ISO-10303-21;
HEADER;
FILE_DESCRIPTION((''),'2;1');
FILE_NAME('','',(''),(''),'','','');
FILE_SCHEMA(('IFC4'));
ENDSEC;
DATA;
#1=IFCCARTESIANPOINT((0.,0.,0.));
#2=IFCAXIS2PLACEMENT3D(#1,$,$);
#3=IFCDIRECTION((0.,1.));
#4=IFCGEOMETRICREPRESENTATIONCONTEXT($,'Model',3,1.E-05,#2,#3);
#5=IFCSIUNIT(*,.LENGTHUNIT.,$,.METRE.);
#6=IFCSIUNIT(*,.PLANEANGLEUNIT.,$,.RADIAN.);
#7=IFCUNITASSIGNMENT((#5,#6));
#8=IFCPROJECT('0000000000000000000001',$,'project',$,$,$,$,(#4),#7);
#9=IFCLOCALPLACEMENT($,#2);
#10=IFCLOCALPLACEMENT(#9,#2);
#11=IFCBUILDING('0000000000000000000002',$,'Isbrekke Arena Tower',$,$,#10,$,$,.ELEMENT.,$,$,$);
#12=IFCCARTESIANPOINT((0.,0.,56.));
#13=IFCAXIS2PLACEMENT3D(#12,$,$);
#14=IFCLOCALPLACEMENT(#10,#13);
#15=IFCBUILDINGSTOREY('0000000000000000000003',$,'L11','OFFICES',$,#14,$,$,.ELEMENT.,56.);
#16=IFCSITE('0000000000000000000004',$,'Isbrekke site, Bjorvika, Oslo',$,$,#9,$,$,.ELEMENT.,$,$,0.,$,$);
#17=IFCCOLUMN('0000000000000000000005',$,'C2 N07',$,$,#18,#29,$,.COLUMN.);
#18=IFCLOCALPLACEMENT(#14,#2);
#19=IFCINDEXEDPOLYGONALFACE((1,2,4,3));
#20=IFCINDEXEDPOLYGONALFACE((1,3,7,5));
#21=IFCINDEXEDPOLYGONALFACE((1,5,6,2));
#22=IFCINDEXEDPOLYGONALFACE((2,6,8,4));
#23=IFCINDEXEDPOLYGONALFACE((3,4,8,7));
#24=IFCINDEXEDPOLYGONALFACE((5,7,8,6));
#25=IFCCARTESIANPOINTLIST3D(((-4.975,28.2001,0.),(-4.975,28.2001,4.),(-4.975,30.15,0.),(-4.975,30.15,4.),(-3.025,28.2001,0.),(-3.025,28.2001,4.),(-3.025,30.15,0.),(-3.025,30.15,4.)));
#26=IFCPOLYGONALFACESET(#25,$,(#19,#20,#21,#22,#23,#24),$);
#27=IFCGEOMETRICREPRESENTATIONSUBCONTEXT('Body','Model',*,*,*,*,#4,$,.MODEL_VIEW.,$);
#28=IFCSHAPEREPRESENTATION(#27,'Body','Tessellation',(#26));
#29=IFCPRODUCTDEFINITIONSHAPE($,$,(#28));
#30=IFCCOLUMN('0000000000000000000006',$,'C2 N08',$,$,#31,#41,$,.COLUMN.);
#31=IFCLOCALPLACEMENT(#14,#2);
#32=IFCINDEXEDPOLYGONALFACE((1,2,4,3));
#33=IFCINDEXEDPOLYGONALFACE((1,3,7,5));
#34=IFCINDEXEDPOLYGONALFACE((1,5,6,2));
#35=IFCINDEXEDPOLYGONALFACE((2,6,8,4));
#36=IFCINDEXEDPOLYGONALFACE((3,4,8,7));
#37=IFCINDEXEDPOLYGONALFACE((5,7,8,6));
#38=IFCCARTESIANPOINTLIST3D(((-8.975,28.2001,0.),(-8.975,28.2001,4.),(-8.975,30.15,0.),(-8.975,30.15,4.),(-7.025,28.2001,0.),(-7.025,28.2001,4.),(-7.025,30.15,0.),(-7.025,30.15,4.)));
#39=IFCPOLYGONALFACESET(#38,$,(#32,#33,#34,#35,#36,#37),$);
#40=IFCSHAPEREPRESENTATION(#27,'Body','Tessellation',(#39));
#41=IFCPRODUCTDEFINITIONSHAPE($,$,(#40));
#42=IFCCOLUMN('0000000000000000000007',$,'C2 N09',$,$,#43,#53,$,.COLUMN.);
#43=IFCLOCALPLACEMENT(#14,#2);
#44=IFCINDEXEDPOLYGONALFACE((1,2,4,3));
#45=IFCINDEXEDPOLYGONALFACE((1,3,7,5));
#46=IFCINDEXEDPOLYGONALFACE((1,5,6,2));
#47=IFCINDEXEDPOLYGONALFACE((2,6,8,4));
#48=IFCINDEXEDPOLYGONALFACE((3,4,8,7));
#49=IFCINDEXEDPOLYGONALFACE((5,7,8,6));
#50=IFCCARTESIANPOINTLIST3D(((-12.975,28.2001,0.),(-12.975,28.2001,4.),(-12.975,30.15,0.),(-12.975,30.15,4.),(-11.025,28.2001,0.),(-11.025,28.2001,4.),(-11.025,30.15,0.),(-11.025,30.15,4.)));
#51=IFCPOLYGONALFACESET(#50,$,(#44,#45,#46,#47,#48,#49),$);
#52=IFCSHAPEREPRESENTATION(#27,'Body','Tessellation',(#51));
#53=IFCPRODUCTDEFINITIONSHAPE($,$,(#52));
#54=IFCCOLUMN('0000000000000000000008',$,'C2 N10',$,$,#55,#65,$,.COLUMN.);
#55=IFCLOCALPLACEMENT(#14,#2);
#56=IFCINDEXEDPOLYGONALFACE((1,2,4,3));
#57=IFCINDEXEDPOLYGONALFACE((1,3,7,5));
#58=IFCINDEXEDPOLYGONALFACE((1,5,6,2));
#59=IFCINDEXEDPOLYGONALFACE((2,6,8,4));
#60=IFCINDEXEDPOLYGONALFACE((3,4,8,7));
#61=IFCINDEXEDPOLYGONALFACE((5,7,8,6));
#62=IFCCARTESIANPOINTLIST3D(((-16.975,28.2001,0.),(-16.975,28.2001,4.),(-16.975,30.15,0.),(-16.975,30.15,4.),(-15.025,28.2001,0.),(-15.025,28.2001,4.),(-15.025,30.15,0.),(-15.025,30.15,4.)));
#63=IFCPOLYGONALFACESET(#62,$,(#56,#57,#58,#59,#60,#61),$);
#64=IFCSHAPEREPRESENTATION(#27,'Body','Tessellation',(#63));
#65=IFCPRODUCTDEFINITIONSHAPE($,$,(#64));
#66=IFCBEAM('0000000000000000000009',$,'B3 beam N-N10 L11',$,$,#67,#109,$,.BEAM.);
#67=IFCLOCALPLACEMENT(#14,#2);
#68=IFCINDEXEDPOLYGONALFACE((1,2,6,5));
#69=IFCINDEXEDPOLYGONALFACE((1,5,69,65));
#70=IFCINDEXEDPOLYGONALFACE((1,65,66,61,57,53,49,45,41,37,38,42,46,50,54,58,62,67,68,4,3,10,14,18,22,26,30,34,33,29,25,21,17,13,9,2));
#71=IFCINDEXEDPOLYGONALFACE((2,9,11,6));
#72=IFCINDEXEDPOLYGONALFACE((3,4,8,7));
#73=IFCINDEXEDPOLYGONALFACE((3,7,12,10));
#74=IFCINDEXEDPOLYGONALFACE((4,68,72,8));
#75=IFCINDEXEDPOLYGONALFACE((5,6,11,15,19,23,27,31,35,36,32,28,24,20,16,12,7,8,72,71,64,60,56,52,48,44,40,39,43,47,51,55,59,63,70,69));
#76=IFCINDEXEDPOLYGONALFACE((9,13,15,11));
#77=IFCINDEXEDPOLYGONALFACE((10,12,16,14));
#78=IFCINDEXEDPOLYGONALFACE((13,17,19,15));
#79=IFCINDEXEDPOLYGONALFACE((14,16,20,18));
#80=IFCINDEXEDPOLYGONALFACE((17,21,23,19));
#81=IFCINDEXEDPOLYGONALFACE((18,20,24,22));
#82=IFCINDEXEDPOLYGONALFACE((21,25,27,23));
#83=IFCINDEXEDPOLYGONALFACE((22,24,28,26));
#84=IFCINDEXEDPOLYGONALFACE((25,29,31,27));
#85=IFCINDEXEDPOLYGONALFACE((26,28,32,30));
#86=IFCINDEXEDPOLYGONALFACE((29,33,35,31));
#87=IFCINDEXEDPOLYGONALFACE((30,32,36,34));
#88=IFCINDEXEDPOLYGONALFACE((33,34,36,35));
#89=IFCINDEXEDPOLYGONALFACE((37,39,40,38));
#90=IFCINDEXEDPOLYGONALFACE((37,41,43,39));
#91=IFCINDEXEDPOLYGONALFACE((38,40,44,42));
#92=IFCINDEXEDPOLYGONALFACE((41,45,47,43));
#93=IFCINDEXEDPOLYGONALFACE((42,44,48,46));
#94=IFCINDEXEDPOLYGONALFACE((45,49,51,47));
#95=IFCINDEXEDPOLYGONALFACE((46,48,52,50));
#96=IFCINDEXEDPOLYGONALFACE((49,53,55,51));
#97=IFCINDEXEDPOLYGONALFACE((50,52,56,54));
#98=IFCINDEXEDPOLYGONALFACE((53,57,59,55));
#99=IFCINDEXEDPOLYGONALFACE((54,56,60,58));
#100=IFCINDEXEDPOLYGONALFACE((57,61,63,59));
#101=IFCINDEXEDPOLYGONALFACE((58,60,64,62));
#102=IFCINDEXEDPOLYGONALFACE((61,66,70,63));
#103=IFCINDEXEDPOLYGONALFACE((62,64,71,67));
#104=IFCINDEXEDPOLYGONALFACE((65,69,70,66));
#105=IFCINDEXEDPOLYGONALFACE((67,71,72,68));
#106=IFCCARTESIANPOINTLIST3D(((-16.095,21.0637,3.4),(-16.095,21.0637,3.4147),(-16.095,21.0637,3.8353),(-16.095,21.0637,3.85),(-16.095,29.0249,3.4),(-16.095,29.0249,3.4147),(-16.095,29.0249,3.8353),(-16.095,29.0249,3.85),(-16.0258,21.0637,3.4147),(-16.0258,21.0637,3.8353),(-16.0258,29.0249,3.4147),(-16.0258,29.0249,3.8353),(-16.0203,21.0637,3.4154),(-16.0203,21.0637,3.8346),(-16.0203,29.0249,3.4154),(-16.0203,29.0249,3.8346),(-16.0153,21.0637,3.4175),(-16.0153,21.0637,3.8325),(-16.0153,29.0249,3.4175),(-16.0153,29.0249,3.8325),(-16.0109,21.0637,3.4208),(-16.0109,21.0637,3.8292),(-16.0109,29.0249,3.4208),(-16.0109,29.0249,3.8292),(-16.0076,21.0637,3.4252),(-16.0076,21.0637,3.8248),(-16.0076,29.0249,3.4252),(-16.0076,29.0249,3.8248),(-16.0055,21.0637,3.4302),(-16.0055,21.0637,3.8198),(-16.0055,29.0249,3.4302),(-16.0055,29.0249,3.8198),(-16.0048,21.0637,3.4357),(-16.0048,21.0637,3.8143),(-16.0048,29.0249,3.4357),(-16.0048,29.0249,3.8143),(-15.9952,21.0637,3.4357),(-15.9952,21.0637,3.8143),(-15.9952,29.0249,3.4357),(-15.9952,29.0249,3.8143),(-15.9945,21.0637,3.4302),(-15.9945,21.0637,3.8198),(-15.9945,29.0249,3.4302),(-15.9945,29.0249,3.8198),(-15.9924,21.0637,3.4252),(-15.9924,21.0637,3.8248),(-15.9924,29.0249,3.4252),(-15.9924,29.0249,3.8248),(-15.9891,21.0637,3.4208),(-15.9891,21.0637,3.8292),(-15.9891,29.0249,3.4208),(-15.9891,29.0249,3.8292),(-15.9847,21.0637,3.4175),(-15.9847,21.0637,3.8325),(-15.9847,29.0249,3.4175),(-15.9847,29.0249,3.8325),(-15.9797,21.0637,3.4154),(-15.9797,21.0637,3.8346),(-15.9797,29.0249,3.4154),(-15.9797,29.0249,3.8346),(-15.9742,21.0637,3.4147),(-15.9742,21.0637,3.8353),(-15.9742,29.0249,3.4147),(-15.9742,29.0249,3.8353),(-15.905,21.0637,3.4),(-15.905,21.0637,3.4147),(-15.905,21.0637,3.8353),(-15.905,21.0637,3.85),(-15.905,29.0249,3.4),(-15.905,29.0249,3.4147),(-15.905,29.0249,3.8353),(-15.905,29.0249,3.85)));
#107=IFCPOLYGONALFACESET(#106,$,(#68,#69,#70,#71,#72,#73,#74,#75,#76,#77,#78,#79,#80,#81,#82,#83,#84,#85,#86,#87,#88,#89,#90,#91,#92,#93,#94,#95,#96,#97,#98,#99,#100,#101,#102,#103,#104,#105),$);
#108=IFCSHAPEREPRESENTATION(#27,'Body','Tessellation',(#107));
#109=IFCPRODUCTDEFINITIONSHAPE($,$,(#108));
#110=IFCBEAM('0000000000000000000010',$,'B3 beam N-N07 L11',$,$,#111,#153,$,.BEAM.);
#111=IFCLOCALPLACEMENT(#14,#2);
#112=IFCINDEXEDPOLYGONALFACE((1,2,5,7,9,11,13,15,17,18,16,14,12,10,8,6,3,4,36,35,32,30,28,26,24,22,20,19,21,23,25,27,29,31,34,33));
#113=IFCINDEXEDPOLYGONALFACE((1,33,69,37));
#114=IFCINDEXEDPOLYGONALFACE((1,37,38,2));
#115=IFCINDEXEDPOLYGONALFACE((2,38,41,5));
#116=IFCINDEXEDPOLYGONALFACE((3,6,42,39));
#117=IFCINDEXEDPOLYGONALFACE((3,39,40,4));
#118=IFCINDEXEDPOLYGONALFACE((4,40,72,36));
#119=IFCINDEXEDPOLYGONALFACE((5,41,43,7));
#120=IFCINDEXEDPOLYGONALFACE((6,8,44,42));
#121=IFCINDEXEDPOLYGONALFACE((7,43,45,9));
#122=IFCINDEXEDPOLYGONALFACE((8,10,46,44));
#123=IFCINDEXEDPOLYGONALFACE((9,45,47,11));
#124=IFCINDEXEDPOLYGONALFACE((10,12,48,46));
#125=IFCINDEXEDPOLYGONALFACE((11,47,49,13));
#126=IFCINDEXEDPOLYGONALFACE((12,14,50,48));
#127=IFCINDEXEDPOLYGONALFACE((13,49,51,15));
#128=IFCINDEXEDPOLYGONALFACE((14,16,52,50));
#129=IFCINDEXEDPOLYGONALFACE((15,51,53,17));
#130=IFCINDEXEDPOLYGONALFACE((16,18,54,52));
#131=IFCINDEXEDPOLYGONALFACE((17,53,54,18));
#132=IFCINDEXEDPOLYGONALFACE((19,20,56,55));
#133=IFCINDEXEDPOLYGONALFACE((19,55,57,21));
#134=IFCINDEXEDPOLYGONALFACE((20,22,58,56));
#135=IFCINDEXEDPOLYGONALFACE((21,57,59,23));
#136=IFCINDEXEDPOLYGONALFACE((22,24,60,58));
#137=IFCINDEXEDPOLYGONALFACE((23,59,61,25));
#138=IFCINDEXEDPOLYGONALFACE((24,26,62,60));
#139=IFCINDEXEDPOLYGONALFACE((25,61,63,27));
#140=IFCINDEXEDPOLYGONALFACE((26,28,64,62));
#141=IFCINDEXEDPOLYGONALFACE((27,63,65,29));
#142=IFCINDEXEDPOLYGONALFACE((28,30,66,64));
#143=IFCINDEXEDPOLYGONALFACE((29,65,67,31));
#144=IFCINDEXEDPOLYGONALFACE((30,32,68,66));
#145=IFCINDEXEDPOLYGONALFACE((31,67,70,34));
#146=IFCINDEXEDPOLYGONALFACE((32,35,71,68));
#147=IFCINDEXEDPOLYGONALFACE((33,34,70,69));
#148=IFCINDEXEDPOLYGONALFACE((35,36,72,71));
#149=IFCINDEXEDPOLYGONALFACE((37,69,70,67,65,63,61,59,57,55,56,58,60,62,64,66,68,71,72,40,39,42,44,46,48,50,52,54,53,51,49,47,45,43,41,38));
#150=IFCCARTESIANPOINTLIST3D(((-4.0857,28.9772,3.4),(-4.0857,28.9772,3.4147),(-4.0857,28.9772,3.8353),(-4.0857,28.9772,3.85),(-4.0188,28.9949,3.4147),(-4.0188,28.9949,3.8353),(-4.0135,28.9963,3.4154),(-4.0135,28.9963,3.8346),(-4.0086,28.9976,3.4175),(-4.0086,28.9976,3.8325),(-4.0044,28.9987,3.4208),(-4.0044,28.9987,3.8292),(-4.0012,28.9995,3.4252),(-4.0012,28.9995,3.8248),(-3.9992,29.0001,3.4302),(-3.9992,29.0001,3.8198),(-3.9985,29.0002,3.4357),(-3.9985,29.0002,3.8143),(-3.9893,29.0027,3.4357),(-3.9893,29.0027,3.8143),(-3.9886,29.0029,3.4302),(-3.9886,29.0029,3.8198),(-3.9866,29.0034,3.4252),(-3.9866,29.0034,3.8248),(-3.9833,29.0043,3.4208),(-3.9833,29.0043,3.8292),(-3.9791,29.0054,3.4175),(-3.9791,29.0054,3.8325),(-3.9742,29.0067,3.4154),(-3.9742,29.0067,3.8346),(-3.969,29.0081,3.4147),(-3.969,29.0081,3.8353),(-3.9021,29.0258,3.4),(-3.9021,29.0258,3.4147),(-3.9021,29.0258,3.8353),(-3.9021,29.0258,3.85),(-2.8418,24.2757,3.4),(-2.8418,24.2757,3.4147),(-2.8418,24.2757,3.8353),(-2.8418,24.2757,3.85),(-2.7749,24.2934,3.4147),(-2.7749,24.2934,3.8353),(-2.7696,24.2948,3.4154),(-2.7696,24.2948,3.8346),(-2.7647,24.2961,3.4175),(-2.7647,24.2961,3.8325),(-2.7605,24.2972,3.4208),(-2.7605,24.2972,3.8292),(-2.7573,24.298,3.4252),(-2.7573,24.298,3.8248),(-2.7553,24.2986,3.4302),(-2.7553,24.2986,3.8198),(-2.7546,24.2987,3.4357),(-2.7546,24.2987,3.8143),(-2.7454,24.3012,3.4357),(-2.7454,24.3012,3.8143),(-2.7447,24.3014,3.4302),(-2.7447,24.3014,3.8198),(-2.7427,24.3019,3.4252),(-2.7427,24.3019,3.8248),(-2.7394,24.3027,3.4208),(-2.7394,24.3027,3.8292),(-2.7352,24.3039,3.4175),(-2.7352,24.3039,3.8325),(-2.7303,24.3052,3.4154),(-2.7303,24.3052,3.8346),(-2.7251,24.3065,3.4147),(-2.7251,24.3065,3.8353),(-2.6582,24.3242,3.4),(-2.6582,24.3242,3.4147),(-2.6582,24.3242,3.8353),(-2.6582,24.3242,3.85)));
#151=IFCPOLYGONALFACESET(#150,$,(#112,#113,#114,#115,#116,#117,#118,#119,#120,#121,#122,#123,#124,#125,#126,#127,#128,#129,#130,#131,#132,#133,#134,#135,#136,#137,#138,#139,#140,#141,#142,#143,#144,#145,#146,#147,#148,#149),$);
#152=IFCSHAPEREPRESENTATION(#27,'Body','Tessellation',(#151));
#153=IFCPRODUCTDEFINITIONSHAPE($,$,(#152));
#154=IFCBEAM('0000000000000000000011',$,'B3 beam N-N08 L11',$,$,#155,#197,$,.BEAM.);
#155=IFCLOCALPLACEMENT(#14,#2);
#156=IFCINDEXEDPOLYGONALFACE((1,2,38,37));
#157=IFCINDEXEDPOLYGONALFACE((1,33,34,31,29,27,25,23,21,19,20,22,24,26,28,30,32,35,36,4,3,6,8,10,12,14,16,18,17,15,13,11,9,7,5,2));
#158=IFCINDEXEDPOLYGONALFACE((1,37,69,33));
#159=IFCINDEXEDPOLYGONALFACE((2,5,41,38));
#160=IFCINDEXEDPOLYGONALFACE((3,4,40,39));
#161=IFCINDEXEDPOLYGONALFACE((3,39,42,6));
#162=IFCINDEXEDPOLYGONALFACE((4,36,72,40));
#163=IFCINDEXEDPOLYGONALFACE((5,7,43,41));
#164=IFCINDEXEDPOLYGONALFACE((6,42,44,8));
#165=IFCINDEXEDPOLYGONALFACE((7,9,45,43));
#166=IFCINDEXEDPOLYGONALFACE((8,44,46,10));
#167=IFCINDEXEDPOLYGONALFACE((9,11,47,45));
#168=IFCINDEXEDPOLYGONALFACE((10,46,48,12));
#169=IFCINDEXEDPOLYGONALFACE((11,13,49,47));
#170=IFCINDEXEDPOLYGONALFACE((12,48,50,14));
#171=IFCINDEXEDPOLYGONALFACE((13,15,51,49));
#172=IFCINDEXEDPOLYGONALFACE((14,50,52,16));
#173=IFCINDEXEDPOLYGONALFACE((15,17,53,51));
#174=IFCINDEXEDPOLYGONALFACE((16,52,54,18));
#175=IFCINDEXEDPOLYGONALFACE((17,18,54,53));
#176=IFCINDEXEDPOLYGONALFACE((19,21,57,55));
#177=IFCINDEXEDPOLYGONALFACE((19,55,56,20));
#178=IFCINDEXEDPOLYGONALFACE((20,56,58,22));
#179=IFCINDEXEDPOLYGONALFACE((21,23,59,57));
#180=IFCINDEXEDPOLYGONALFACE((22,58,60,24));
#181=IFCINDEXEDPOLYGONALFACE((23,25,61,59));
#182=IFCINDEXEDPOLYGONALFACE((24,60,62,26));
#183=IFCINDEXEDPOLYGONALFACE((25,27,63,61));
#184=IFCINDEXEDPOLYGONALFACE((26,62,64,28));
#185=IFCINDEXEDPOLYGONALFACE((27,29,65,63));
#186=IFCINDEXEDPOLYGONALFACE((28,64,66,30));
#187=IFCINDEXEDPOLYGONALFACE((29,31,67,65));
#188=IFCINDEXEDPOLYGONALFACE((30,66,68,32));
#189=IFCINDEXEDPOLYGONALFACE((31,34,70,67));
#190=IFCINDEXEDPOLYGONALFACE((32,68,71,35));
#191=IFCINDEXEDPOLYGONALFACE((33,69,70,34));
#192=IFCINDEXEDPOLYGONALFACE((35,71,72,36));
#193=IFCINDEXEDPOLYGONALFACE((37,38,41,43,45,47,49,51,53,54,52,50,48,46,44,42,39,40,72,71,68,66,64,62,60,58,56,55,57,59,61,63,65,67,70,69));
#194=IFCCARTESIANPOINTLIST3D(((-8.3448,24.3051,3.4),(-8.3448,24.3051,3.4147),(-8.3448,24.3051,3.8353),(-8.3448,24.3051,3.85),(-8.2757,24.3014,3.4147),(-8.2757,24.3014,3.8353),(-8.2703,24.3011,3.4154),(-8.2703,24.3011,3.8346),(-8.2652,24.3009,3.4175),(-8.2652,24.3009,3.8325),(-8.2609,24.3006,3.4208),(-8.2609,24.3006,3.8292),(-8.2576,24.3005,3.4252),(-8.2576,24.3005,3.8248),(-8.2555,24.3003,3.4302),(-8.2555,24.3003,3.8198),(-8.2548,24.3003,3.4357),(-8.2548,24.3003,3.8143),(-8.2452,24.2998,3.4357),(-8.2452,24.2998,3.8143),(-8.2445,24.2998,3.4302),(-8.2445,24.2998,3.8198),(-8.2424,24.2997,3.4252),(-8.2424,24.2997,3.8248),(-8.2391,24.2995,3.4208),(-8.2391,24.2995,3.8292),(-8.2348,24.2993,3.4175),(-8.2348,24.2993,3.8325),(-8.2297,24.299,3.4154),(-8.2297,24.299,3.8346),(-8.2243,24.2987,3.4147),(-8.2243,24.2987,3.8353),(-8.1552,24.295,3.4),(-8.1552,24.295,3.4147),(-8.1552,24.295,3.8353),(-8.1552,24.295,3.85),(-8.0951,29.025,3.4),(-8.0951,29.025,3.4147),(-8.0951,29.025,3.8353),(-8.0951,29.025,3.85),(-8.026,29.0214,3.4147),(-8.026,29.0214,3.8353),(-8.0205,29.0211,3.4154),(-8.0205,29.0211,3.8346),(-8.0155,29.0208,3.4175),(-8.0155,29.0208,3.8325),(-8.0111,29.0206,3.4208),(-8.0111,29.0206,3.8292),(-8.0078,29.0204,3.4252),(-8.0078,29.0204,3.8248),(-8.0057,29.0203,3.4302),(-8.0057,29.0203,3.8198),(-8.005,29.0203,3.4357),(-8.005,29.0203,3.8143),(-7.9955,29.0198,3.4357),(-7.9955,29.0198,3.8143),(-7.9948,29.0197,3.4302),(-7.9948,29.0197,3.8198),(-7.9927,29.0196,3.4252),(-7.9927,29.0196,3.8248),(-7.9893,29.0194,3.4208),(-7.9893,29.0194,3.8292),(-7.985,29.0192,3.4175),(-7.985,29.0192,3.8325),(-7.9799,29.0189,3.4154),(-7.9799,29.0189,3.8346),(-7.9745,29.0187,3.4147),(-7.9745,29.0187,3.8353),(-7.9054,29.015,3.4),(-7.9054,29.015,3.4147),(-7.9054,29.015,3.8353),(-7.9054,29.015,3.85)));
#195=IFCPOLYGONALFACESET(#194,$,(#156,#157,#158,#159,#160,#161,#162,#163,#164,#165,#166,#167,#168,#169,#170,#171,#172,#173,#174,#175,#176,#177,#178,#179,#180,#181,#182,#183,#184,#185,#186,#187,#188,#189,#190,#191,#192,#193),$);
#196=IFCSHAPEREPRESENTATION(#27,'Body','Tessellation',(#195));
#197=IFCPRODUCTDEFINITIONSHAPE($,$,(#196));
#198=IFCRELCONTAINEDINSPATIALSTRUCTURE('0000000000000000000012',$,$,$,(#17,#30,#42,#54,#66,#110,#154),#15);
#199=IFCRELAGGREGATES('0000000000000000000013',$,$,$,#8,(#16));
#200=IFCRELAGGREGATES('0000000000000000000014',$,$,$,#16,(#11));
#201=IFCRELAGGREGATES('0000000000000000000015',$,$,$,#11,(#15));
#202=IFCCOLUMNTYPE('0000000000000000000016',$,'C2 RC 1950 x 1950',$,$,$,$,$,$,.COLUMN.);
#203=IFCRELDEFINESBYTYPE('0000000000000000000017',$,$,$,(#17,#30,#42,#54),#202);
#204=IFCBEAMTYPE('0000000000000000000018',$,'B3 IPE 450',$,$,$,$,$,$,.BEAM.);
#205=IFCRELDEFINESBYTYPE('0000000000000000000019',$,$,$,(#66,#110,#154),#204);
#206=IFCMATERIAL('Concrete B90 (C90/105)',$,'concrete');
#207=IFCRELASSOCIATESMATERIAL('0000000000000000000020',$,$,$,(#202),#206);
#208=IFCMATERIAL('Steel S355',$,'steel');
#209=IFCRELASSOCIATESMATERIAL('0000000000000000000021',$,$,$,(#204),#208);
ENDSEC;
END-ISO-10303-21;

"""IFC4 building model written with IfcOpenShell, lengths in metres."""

from ifc_helpers import new_model, si_unit, direction, frame, origin, origin_2d, place, context, subcontext, project, spatial, rectangle, i_section, extrude, material, material_profile, profile_set, type_object, element, save


model = new_model("IFC4")

# Units and contexts
model_context = context("Model", 3, precision=1e-05, world=origin(), true_north=direction((0.0, 1.0)))
body_context = subcontext(model_context, "Body", "Model", "MODEL_VIEW")
ifc_project = project(units=[si_unit("LENGTHUNIT", "METRE"), si_unit("PLANEANGLEUNIT", "RADIAN")], contexts=[model_context])

# Site, building, storey
site_placement = place(None, origin())
site = spatial("IfcSite", under=ifc_project, at=site_placement, Name="Isbrekke site, Bjorvika, Oslo", CompositionType="ELEMENT", RefElevation=0.0)
building_placement = place(site_placement, origin())
building = spatial("IfcBuilding", under=site, at=building_placement, Name="Isbrekke Arena Tower", CompositionType="ELEMENT")
storey_placement = place(building_placement, frame((0.0, 0.0, 56.0)))
storey = spatial("IfcBuildingStorey", under=building, at=storey_placement, Name="L11", Description="OFFICES", CompositionType="ELEMENT", Elevation=56.0)

# Columns
ifc_material_1 = material(Name="Concrete B90 (C90/105)", Category="concrete")
ifc_material_profile_1 = material_profile(ifc_material_1, rectangle(XDim=1.95, YDim=1.95, at=origin_2d()), Name="RC 1950x1950")
ifc_profile_set_1 = profile_set([ifc_material_profile_1], Name="Concrete B90 (C90/105)")
column_type = type_object("IfcColumnType", Name="C2 RC 1950 x 1950", PredefinedType="COLUMN", material=ifc_profile_set_1)
for number, where, z_axis, x_axis, name in (
    (1, (-4.0, 29.175, 0.0), (0.0, 0.0, 1.0), (-1.0, 0.0, 0.0), "C2 N07"),
    (2, (-8.0, 29.175, 0.0), (0.0, 0.0, 1.0), (-1.0, 0.0, 0.0), "C2 N08"),
    (3, (-12.0, 29.175, 0.0), (0.0, 0.0, 1.0), (-1.0, 0.0, 0.0), "C2 N09"),
    (4, (-16.0, 29.175, 0.0), (0.0, 0.0, 1.0), (-1.0, 0.0, 0.0), "C2 N10"),
):
    element("IfcColumn", number, at=place(storey_placement, frame(where, z_axis=z_axis, x_axis=x_axis)), inside=storey, type_object=column_type, Name=name, PredefinedType="COLUMN", context=body_context, shape_type="SweptSolid", body=[
        extrude(rectangle(XDim=1.95, YDim=1.95, at=origin_2d()), origin(), (0.0, 0.0, 1.0), 4.0),
    ])

# Beams
ifc_material_2 = material(Name="Steel S355", Category="steel")
ifc_material_profile_2 = material_profile(ifc_material_2, i_section(OverallWidth=0.1899, OverallDepth=0.45, WebThickness=0.0095, FlangeThickness=0.0146, FilletRadius=0.021, at=origin_2d()), Name="IPE 450")
ifc_profile_set_2 = profile_set([ifc_material_profile_2], Name="Steel S355")
beam_type_1 = type_object("IfcBeamType", Name="B3 IPE 450", PredefinedType="BEAM", material=ifc_profile_set_2)
beam_1_placement = place(storey_placement, frame((-16.0, 29.0249, 3.625), z_axis=(0.0, -1.0, 0.0), x_axis=(1.0, 0.0, 0.0)))
element("IfcBeam", 5, at=beam_1_placement, inside=storey, type_object=beam_type_1, Name="B3 beam N-N10 L11", PredefinedType="BEAM", context=body_context, shape_type="SweptSolid", body=[
    extrude(i_section(OverallWidth=0.1899, OverallDepth=0.45, WebThickness=0.0095, FlangeThickness=0.0146, FilletRadius=0.021, at=origin_2d()), origin(), (0.0, 0.0, 1.0), 7.9612),
])
beam_2_placement = place(storey_placement, frame((-3.9939, 29.0015, 3.625), z_axis=(0.255778, -0.966736, 0.0), x_axis=(0.966736, 0.255778, 0.0)))
element("IfcBeam", 6, at=beam_2_placement, inside=storey, type_object=beam_type_1, Name="B3 beam N-N07 L11", PredefinedType="BEAM", context=body_context, shape_type="SweptSolid", body=[
    extrude(i_section(OverallWidth=0.1899, OverallDepth=0.45, WebThickness=0.0095, FlangeThickness=0.0146, FilletRadius=0.021, at=origin_2d()), origin(), (0.0, 0.0, 1.0), 4.8633),
])
beam_3_placement = place(storey_placement, frame((-8.0002, 29.02, 3.625), z_axis=(-0.052841, -0.998603, 0.0), x_axis=(0.998603, -0.052841, 0.0)))
element("IfcBeam", 7, at=beam_3_placement, inside=storey, type_object=beam_type_1, Name="B3 beam N-N08 L11", PredefinedType="BEAM", context=body_context, shape_type="SweptSolid", body=[
    extrude(i_section(OverallWidth=0.1899, OverallDepth=0.45, WebThickness=0.0095, FlangeThickness=0.0146, FilletRadius=0.021, at=origin_2d()), origin(), (0.0, 0.0, 1.0), 4.7266),
])

save(model, "model.ifc")
